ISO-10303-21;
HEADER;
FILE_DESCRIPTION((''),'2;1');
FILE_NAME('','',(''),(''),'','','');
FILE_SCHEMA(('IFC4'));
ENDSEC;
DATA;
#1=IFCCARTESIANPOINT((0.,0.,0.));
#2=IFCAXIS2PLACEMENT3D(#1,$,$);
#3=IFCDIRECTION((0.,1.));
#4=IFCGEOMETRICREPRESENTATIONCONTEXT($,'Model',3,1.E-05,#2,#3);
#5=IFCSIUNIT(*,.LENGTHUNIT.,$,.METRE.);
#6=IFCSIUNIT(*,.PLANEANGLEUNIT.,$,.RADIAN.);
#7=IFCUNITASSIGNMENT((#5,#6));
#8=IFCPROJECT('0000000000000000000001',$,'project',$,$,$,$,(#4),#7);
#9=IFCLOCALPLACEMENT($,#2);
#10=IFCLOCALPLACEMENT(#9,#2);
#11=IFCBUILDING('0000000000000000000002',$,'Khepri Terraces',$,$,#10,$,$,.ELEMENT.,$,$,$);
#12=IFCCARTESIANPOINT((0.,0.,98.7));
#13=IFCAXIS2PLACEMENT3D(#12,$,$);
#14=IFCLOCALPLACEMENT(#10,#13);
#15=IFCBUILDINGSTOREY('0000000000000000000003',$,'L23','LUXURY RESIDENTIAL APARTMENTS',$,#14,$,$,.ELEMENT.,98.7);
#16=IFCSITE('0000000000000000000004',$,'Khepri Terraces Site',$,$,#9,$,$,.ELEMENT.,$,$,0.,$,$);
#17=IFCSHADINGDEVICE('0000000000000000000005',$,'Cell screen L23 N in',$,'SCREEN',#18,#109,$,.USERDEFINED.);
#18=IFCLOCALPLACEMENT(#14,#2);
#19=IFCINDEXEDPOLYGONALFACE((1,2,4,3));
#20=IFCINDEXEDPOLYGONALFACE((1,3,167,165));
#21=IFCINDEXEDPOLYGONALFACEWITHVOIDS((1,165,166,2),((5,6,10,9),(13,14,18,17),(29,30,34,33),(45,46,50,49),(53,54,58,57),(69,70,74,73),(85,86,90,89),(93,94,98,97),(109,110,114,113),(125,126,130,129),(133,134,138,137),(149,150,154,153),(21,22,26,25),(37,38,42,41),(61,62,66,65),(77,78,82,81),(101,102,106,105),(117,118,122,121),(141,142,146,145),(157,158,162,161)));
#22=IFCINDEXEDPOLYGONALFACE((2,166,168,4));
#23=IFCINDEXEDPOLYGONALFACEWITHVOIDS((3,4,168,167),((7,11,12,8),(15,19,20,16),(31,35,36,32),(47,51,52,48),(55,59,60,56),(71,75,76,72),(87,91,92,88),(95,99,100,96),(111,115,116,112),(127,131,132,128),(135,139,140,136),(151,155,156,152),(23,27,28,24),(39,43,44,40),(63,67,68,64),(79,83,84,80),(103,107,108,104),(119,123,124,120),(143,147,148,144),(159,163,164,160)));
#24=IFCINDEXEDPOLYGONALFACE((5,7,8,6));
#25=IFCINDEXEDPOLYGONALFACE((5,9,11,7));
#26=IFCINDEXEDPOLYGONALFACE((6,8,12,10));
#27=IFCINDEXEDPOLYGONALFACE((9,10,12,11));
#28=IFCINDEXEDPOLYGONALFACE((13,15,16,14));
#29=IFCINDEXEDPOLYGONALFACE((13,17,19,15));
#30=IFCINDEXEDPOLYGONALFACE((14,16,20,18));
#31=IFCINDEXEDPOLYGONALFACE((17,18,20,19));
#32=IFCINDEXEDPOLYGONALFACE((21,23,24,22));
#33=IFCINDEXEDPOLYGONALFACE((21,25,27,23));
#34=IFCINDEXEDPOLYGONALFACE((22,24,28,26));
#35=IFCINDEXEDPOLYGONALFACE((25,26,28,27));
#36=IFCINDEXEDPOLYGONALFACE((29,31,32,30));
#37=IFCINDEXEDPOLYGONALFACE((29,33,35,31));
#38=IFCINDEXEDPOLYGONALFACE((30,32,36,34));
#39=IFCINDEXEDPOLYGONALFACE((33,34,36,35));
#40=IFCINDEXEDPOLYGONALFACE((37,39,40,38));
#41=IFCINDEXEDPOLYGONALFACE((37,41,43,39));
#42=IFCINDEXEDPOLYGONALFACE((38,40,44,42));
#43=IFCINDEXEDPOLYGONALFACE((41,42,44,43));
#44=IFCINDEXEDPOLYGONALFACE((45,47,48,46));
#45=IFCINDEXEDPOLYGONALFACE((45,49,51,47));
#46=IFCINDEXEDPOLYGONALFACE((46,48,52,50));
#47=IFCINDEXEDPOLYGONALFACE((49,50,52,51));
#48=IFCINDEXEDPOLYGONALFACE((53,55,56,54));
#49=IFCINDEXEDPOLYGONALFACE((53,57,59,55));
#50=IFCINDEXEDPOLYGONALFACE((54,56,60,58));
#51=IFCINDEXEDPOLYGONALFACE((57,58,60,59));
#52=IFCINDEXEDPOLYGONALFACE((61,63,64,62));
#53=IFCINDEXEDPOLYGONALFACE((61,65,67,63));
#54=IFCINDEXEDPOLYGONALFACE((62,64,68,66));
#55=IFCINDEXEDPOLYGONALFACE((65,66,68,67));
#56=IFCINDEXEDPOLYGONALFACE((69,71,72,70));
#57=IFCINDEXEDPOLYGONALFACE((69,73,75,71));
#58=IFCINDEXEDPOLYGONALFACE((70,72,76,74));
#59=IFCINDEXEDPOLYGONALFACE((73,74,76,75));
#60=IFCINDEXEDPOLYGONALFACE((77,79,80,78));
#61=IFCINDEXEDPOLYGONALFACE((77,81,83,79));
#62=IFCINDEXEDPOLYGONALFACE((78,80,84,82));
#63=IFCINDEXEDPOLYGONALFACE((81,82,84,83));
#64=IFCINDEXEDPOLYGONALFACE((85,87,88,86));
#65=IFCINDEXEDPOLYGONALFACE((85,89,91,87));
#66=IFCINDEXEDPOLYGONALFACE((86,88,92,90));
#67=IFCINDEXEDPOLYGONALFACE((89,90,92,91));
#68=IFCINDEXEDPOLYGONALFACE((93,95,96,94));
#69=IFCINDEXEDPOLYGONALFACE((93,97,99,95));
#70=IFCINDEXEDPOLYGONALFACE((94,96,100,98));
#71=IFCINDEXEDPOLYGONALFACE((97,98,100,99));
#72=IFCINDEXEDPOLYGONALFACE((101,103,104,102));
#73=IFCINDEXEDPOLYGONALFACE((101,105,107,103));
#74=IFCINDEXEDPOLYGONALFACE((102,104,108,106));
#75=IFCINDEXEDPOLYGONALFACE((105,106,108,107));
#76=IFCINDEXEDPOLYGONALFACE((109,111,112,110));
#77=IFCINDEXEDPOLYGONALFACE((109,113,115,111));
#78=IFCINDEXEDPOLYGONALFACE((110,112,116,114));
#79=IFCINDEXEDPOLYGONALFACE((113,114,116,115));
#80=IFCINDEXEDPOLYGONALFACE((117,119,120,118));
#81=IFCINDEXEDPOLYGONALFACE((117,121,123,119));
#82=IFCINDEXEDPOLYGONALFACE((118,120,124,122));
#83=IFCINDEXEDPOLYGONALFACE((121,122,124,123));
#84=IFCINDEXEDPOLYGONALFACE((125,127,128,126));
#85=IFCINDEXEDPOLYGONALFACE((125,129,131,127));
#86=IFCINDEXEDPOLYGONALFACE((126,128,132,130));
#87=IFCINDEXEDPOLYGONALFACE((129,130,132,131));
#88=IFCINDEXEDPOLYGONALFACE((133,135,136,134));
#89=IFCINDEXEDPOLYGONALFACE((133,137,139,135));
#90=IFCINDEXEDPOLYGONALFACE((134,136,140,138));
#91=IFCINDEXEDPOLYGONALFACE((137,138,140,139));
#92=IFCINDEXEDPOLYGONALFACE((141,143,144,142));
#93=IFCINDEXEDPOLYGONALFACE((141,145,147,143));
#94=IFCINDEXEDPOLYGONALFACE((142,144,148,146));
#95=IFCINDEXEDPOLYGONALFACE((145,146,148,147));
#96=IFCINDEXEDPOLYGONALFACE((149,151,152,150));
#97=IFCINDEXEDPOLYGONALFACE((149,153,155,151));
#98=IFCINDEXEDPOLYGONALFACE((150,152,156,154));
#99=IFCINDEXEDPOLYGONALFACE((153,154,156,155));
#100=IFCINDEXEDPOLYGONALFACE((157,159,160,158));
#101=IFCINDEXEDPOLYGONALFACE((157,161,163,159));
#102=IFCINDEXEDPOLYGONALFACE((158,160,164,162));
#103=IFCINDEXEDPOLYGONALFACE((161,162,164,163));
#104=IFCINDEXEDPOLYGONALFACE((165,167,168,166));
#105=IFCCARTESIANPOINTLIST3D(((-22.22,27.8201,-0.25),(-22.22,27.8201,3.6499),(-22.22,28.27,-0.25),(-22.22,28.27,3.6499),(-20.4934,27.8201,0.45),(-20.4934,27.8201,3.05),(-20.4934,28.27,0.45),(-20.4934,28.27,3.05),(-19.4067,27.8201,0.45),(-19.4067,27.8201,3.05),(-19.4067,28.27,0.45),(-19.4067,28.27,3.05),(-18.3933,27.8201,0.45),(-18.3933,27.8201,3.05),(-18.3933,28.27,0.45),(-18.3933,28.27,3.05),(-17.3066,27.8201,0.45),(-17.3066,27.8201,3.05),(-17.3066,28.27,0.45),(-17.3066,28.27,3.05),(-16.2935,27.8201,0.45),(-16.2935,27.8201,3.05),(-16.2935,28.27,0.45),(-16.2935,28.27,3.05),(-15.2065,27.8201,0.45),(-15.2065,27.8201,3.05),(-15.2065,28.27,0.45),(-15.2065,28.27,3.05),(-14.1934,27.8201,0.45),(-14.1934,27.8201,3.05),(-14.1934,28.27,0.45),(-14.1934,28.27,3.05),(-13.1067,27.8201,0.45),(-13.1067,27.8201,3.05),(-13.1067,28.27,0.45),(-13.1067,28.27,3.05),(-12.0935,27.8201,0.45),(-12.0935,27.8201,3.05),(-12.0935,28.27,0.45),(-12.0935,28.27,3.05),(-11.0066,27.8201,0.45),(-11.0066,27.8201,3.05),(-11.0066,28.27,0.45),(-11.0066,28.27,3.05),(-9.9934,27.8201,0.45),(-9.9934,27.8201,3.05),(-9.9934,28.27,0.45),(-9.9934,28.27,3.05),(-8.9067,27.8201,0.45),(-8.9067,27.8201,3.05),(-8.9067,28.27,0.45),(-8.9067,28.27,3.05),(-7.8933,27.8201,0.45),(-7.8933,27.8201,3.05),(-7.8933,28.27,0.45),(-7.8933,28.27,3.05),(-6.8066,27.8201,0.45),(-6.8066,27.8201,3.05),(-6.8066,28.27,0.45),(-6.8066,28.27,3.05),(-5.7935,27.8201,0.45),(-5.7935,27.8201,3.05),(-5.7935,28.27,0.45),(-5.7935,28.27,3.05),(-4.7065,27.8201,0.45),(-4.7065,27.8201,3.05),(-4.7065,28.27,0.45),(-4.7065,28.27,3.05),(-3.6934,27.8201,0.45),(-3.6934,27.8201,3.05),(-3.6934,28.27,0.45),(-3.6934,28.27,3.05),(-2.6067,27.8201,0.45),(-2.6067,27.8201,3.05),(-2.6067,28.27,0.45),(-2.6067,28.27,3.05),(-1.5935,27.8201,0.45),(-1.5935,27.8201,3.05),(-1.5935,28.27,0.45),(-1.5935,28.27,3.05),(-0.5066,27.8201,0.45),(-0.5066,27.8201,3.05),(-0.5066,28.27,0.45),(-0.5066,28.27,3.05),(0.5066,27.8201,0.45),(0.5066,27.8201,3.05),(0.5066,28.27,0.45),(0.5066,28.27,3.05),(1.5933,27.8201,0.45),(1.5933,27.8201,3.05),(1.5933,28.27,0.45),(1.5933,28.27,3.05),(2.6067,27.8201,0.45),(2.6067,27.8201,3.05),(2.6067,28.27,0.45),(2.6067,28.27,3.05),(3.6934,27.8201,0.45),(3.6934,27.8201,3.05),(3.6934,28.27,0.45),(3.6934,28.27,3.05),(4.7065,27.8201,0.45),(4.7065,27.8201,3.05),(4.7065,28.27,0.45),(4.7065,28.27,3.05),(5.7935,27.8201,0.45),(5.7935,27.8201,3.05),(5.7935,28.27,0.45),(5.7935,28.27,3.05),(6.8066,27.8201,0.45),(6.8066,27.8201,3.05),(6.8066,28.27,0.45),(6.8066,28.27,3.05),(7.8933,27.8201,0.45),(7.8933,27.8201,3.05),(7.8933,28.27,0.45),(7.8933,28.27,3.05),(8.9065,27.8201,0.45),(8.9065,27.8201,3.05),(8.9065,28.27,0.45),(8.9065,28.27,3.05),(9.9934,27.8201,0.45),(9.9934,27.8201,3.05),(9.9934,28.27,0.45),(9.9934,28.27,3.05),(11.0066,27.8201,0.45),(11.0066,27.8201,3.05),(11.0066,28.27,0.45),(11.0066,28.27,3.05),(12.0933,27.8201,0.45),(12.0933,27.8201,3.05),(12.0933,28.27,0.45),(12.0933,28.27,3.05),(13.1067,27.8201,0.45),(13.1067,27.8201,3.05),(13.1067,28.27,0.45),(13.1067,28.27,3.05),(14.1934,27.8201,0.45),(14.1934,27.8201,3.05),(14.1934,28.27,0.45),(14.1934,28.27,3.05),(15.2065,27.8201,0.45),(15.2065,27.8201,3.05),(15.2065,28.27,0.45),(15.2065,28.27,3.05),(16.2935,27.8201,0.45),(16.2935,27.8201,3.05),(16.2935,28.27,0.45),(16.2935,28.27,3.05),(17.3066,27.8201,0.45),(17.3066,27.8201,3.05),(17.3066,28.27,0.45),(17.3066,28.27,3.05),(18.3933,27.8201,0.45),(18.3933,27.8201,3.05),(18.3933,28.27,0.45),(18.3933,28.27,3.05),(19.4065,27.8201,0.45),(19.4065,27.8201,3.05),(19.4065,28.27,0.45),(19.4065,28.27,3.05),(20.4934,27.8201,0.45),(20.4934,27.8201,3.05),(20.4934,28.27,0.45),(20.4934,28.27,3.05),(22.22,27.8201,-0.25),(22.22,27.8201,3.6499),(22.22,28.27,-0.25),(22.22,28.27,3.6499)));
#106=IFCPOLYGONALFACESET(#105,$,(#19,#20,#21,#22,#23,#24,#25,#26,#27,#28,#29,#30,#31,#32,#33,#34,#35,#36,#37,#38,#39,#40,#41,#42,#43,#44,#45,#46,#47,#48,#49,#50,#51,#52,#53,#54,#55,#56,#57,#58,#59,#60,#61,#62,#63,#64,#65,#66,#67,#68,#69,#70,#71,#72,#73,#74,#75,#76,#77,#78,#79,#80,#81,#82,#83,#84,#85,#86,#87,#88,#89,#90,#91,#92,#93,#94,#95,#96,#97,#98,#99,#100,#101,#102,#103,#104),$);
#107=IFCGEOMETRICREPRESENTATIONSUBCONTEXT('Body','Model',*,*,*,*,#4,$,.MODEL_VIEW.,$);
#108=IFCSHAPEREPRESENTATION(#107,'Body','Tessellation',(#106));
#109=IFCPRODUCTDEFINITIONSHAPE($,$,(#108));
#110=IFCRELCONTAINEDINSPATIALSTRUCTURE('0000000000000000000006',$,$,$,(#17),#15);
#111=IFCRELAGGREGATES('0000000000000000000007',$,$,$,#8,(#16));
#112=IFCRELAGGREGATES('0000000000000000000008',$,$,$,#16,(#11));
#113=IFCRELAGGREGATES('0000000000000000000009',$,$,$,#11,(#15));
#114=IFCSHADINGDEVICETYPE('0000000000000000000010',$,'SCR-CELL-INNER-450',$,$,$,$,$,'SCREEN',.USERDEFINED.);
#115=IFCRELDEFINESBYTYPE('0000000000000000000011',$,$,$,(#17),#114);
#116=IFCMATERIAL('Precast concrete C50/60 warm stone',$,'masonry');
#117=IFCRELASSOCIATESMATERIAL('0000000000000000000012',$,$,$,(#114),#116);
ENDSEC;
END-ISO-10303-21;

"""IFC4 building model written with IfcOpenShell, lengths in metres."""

from ifc_helpers import new_model, si_unit, direction, frame, origin, place, context, subcontext, project, spatial, polyline, outline, extrude, material, type_object, element, save


model = new_model("IFC4")

# Units and contexts
model_context = context("Model", 3, precision=1e-05, world=origin(), true_north=direction((0.0, 1.0)))
body_context = subcontext(model_context, "Body", "Model", "MODEL_VIEW")
ifc_project = project(units=[si_unit("LENGTHUNIT", "METRE"), si_unit("PLANEANGLEUNIT", "RADIAN")], contexts=[model_context])

# Site, building, storey
site_placement = place(None, origin())
site = spatial("IfcSite", under=ifc_project, at=site_placement, Name="Khepri Terraces Site", CompositionType="ELEMENT", RefElevation=0.0)
building_placement = place(site_placement, origin())
building = spatial("IfcBuilding", under=site, at=building_placement, Name="Khepri Terraces", CompositionType="ELEMENT")
storey_placement = place(building_placement, frame((0.0, 0.0, 98.7)))
storey = spatial("IfcBuildingStorey", under=building, at=storey_placement, Name="L23", Description="LUXURY RESIDENTIAL APARTMENTS", CompositionType="ELEMENT", Elevation=98.7)

# Shared definitions
ifc_material_1 = material(Name="Precast concrete C50/60 warm stone", Category="masonry")

# Shading device
shading_device_type_1 = type_object("IfcShadingDeviceType", Name="SCR-CELL-INNER-450", ElementType="SCREEN", PredefinedType="USERDEFINED", material=ifc_material_1)
shading_device_1_placement = place(storey_placement, frame((22.22, 27.8201, -0.25), z_axis=(0.0, 1.0, 0.0), x_axis=(-1.0, 0.0, 0.0)))
element("IfcShadingDevice", 1, at=shading_device_1_placement, inside=storey, type_object=shading_device_type_1, Name="Cell screen L23 N in", ObjectType="SCREEN", PredefinedType="USERDEFINED", context=body_context, shape_type="SweptSolid", body=[
    extrude(outline(polyline([(0.0, 0.0), (44.4399, 0.0), (44.4399, 3.8999), (0.0, 3.8999), (0.0, 0.0)]), holes=[polyline([(1.7266, 0.7), (2.8135, 0.7), (2.8135, 3.3), (1.7266, 3.3), (1.7266, 0.7)]), polyline([(3.8267, 0.7), (4.9133, 0.7), (4.9133, 3.3), (3.8267, 3.3), (3.8267, 0.7)]), polyline([(5.9265, 0.7), (7.0134, 0.7), (7.0134, 3.3), (5.9265, 3.3), (5.9265, 0.7)]), polyline([(8.0266, 0.7), (9.1133, 0.7), (9.1133, 3.3), (8.0266, 3.3), (8.0266, 0.7)]), polyline([(10.1267, 0.7), (11.2134, 0.7), (11.2134, 3.3), (10.1267, 3.3), (10.1267, 0.7)]), polyline([(12.2266, 0.7), (13.3135, 0.7), (13.3135, 3.3), (12.2266, 3.3), (12.2266, 0.7)]), polyline([(14.3267, 0.7), (15.4133, 0.7), (15.4133, 3.3), (14.3267, 3.3), (14.3267, 0.7)]), polyline([(16.4265, 0.7), (17.5134, 0.7), (17.5134, 3.3), (16.4265, 3.3), (16.4265, 0.7)]), polyline([(18.5266, 0.7), (19.6133, 0.7), (19.6133, 3.3), (18.5266, 3.3), (18.5266, 0.7)]), polyline([(20.6267, 0.7), (21.7134, 0.7), (21.7134, 3.3), (20.6267, 3.3), (20.6267, 0.7)]), polyline([(22.7266, 0.7), (23.8135, 0.7), (23.8135, 3.3), (22.7266, 3.3), (22.7266, 0.7)]), polyline([(24.8267, 0.7), (25.9133, 0.7), (25.9133, 3.3), (24.8267, 3.3), (24.8267, 0.7)]), polyline([(26.9265, 0.7), (28.0134, 0.7), (28.0134, 3.3), (26.9265, 3.3), (26.9265, 0.7)]), polyline([(29.0266, 0.7), (30.1133, 0.7), (30.1133, 3.3), (29.0266, 3.3), (29.0266, 0.7)]), polyline([(31.1267, 0.7), (32.2134, 0.7), (32.2134, 3.3), (31.1267, 3.3), (31.1267, 0.7)]), polyline([(33.2266, 0.7), (34.3135, 0.7), (34.3135, 3.3), (33.2266, 3.3), (33.2266, 0.7)]), polyline([(35.3267, 0.7), (36.4133, 0.7), (36.4133, 3.3), (35.3267, 3.3), (35.3267, 0.7)]), polyline([(37.4265, 0.7), (38.5134, 0.7), (38.5134, 3.3), (37.4265, 3.3), (37.4265, 0.7)]), polyline([(39.5266, 0.7), (40.6133, 0.7), (40.6133, 3.3), (39.5266, 3.3), (39.5266, 0.7)]), polyline([(41.6267, 0.7), (42.7134, 0.7), (42.7134, 3.3), (41.6267, 3.3), (41.6267, 0.7)])]), origin(), (0.0, 0.0, 1.0), 0.45),
])

save(model, "model.ifc")
